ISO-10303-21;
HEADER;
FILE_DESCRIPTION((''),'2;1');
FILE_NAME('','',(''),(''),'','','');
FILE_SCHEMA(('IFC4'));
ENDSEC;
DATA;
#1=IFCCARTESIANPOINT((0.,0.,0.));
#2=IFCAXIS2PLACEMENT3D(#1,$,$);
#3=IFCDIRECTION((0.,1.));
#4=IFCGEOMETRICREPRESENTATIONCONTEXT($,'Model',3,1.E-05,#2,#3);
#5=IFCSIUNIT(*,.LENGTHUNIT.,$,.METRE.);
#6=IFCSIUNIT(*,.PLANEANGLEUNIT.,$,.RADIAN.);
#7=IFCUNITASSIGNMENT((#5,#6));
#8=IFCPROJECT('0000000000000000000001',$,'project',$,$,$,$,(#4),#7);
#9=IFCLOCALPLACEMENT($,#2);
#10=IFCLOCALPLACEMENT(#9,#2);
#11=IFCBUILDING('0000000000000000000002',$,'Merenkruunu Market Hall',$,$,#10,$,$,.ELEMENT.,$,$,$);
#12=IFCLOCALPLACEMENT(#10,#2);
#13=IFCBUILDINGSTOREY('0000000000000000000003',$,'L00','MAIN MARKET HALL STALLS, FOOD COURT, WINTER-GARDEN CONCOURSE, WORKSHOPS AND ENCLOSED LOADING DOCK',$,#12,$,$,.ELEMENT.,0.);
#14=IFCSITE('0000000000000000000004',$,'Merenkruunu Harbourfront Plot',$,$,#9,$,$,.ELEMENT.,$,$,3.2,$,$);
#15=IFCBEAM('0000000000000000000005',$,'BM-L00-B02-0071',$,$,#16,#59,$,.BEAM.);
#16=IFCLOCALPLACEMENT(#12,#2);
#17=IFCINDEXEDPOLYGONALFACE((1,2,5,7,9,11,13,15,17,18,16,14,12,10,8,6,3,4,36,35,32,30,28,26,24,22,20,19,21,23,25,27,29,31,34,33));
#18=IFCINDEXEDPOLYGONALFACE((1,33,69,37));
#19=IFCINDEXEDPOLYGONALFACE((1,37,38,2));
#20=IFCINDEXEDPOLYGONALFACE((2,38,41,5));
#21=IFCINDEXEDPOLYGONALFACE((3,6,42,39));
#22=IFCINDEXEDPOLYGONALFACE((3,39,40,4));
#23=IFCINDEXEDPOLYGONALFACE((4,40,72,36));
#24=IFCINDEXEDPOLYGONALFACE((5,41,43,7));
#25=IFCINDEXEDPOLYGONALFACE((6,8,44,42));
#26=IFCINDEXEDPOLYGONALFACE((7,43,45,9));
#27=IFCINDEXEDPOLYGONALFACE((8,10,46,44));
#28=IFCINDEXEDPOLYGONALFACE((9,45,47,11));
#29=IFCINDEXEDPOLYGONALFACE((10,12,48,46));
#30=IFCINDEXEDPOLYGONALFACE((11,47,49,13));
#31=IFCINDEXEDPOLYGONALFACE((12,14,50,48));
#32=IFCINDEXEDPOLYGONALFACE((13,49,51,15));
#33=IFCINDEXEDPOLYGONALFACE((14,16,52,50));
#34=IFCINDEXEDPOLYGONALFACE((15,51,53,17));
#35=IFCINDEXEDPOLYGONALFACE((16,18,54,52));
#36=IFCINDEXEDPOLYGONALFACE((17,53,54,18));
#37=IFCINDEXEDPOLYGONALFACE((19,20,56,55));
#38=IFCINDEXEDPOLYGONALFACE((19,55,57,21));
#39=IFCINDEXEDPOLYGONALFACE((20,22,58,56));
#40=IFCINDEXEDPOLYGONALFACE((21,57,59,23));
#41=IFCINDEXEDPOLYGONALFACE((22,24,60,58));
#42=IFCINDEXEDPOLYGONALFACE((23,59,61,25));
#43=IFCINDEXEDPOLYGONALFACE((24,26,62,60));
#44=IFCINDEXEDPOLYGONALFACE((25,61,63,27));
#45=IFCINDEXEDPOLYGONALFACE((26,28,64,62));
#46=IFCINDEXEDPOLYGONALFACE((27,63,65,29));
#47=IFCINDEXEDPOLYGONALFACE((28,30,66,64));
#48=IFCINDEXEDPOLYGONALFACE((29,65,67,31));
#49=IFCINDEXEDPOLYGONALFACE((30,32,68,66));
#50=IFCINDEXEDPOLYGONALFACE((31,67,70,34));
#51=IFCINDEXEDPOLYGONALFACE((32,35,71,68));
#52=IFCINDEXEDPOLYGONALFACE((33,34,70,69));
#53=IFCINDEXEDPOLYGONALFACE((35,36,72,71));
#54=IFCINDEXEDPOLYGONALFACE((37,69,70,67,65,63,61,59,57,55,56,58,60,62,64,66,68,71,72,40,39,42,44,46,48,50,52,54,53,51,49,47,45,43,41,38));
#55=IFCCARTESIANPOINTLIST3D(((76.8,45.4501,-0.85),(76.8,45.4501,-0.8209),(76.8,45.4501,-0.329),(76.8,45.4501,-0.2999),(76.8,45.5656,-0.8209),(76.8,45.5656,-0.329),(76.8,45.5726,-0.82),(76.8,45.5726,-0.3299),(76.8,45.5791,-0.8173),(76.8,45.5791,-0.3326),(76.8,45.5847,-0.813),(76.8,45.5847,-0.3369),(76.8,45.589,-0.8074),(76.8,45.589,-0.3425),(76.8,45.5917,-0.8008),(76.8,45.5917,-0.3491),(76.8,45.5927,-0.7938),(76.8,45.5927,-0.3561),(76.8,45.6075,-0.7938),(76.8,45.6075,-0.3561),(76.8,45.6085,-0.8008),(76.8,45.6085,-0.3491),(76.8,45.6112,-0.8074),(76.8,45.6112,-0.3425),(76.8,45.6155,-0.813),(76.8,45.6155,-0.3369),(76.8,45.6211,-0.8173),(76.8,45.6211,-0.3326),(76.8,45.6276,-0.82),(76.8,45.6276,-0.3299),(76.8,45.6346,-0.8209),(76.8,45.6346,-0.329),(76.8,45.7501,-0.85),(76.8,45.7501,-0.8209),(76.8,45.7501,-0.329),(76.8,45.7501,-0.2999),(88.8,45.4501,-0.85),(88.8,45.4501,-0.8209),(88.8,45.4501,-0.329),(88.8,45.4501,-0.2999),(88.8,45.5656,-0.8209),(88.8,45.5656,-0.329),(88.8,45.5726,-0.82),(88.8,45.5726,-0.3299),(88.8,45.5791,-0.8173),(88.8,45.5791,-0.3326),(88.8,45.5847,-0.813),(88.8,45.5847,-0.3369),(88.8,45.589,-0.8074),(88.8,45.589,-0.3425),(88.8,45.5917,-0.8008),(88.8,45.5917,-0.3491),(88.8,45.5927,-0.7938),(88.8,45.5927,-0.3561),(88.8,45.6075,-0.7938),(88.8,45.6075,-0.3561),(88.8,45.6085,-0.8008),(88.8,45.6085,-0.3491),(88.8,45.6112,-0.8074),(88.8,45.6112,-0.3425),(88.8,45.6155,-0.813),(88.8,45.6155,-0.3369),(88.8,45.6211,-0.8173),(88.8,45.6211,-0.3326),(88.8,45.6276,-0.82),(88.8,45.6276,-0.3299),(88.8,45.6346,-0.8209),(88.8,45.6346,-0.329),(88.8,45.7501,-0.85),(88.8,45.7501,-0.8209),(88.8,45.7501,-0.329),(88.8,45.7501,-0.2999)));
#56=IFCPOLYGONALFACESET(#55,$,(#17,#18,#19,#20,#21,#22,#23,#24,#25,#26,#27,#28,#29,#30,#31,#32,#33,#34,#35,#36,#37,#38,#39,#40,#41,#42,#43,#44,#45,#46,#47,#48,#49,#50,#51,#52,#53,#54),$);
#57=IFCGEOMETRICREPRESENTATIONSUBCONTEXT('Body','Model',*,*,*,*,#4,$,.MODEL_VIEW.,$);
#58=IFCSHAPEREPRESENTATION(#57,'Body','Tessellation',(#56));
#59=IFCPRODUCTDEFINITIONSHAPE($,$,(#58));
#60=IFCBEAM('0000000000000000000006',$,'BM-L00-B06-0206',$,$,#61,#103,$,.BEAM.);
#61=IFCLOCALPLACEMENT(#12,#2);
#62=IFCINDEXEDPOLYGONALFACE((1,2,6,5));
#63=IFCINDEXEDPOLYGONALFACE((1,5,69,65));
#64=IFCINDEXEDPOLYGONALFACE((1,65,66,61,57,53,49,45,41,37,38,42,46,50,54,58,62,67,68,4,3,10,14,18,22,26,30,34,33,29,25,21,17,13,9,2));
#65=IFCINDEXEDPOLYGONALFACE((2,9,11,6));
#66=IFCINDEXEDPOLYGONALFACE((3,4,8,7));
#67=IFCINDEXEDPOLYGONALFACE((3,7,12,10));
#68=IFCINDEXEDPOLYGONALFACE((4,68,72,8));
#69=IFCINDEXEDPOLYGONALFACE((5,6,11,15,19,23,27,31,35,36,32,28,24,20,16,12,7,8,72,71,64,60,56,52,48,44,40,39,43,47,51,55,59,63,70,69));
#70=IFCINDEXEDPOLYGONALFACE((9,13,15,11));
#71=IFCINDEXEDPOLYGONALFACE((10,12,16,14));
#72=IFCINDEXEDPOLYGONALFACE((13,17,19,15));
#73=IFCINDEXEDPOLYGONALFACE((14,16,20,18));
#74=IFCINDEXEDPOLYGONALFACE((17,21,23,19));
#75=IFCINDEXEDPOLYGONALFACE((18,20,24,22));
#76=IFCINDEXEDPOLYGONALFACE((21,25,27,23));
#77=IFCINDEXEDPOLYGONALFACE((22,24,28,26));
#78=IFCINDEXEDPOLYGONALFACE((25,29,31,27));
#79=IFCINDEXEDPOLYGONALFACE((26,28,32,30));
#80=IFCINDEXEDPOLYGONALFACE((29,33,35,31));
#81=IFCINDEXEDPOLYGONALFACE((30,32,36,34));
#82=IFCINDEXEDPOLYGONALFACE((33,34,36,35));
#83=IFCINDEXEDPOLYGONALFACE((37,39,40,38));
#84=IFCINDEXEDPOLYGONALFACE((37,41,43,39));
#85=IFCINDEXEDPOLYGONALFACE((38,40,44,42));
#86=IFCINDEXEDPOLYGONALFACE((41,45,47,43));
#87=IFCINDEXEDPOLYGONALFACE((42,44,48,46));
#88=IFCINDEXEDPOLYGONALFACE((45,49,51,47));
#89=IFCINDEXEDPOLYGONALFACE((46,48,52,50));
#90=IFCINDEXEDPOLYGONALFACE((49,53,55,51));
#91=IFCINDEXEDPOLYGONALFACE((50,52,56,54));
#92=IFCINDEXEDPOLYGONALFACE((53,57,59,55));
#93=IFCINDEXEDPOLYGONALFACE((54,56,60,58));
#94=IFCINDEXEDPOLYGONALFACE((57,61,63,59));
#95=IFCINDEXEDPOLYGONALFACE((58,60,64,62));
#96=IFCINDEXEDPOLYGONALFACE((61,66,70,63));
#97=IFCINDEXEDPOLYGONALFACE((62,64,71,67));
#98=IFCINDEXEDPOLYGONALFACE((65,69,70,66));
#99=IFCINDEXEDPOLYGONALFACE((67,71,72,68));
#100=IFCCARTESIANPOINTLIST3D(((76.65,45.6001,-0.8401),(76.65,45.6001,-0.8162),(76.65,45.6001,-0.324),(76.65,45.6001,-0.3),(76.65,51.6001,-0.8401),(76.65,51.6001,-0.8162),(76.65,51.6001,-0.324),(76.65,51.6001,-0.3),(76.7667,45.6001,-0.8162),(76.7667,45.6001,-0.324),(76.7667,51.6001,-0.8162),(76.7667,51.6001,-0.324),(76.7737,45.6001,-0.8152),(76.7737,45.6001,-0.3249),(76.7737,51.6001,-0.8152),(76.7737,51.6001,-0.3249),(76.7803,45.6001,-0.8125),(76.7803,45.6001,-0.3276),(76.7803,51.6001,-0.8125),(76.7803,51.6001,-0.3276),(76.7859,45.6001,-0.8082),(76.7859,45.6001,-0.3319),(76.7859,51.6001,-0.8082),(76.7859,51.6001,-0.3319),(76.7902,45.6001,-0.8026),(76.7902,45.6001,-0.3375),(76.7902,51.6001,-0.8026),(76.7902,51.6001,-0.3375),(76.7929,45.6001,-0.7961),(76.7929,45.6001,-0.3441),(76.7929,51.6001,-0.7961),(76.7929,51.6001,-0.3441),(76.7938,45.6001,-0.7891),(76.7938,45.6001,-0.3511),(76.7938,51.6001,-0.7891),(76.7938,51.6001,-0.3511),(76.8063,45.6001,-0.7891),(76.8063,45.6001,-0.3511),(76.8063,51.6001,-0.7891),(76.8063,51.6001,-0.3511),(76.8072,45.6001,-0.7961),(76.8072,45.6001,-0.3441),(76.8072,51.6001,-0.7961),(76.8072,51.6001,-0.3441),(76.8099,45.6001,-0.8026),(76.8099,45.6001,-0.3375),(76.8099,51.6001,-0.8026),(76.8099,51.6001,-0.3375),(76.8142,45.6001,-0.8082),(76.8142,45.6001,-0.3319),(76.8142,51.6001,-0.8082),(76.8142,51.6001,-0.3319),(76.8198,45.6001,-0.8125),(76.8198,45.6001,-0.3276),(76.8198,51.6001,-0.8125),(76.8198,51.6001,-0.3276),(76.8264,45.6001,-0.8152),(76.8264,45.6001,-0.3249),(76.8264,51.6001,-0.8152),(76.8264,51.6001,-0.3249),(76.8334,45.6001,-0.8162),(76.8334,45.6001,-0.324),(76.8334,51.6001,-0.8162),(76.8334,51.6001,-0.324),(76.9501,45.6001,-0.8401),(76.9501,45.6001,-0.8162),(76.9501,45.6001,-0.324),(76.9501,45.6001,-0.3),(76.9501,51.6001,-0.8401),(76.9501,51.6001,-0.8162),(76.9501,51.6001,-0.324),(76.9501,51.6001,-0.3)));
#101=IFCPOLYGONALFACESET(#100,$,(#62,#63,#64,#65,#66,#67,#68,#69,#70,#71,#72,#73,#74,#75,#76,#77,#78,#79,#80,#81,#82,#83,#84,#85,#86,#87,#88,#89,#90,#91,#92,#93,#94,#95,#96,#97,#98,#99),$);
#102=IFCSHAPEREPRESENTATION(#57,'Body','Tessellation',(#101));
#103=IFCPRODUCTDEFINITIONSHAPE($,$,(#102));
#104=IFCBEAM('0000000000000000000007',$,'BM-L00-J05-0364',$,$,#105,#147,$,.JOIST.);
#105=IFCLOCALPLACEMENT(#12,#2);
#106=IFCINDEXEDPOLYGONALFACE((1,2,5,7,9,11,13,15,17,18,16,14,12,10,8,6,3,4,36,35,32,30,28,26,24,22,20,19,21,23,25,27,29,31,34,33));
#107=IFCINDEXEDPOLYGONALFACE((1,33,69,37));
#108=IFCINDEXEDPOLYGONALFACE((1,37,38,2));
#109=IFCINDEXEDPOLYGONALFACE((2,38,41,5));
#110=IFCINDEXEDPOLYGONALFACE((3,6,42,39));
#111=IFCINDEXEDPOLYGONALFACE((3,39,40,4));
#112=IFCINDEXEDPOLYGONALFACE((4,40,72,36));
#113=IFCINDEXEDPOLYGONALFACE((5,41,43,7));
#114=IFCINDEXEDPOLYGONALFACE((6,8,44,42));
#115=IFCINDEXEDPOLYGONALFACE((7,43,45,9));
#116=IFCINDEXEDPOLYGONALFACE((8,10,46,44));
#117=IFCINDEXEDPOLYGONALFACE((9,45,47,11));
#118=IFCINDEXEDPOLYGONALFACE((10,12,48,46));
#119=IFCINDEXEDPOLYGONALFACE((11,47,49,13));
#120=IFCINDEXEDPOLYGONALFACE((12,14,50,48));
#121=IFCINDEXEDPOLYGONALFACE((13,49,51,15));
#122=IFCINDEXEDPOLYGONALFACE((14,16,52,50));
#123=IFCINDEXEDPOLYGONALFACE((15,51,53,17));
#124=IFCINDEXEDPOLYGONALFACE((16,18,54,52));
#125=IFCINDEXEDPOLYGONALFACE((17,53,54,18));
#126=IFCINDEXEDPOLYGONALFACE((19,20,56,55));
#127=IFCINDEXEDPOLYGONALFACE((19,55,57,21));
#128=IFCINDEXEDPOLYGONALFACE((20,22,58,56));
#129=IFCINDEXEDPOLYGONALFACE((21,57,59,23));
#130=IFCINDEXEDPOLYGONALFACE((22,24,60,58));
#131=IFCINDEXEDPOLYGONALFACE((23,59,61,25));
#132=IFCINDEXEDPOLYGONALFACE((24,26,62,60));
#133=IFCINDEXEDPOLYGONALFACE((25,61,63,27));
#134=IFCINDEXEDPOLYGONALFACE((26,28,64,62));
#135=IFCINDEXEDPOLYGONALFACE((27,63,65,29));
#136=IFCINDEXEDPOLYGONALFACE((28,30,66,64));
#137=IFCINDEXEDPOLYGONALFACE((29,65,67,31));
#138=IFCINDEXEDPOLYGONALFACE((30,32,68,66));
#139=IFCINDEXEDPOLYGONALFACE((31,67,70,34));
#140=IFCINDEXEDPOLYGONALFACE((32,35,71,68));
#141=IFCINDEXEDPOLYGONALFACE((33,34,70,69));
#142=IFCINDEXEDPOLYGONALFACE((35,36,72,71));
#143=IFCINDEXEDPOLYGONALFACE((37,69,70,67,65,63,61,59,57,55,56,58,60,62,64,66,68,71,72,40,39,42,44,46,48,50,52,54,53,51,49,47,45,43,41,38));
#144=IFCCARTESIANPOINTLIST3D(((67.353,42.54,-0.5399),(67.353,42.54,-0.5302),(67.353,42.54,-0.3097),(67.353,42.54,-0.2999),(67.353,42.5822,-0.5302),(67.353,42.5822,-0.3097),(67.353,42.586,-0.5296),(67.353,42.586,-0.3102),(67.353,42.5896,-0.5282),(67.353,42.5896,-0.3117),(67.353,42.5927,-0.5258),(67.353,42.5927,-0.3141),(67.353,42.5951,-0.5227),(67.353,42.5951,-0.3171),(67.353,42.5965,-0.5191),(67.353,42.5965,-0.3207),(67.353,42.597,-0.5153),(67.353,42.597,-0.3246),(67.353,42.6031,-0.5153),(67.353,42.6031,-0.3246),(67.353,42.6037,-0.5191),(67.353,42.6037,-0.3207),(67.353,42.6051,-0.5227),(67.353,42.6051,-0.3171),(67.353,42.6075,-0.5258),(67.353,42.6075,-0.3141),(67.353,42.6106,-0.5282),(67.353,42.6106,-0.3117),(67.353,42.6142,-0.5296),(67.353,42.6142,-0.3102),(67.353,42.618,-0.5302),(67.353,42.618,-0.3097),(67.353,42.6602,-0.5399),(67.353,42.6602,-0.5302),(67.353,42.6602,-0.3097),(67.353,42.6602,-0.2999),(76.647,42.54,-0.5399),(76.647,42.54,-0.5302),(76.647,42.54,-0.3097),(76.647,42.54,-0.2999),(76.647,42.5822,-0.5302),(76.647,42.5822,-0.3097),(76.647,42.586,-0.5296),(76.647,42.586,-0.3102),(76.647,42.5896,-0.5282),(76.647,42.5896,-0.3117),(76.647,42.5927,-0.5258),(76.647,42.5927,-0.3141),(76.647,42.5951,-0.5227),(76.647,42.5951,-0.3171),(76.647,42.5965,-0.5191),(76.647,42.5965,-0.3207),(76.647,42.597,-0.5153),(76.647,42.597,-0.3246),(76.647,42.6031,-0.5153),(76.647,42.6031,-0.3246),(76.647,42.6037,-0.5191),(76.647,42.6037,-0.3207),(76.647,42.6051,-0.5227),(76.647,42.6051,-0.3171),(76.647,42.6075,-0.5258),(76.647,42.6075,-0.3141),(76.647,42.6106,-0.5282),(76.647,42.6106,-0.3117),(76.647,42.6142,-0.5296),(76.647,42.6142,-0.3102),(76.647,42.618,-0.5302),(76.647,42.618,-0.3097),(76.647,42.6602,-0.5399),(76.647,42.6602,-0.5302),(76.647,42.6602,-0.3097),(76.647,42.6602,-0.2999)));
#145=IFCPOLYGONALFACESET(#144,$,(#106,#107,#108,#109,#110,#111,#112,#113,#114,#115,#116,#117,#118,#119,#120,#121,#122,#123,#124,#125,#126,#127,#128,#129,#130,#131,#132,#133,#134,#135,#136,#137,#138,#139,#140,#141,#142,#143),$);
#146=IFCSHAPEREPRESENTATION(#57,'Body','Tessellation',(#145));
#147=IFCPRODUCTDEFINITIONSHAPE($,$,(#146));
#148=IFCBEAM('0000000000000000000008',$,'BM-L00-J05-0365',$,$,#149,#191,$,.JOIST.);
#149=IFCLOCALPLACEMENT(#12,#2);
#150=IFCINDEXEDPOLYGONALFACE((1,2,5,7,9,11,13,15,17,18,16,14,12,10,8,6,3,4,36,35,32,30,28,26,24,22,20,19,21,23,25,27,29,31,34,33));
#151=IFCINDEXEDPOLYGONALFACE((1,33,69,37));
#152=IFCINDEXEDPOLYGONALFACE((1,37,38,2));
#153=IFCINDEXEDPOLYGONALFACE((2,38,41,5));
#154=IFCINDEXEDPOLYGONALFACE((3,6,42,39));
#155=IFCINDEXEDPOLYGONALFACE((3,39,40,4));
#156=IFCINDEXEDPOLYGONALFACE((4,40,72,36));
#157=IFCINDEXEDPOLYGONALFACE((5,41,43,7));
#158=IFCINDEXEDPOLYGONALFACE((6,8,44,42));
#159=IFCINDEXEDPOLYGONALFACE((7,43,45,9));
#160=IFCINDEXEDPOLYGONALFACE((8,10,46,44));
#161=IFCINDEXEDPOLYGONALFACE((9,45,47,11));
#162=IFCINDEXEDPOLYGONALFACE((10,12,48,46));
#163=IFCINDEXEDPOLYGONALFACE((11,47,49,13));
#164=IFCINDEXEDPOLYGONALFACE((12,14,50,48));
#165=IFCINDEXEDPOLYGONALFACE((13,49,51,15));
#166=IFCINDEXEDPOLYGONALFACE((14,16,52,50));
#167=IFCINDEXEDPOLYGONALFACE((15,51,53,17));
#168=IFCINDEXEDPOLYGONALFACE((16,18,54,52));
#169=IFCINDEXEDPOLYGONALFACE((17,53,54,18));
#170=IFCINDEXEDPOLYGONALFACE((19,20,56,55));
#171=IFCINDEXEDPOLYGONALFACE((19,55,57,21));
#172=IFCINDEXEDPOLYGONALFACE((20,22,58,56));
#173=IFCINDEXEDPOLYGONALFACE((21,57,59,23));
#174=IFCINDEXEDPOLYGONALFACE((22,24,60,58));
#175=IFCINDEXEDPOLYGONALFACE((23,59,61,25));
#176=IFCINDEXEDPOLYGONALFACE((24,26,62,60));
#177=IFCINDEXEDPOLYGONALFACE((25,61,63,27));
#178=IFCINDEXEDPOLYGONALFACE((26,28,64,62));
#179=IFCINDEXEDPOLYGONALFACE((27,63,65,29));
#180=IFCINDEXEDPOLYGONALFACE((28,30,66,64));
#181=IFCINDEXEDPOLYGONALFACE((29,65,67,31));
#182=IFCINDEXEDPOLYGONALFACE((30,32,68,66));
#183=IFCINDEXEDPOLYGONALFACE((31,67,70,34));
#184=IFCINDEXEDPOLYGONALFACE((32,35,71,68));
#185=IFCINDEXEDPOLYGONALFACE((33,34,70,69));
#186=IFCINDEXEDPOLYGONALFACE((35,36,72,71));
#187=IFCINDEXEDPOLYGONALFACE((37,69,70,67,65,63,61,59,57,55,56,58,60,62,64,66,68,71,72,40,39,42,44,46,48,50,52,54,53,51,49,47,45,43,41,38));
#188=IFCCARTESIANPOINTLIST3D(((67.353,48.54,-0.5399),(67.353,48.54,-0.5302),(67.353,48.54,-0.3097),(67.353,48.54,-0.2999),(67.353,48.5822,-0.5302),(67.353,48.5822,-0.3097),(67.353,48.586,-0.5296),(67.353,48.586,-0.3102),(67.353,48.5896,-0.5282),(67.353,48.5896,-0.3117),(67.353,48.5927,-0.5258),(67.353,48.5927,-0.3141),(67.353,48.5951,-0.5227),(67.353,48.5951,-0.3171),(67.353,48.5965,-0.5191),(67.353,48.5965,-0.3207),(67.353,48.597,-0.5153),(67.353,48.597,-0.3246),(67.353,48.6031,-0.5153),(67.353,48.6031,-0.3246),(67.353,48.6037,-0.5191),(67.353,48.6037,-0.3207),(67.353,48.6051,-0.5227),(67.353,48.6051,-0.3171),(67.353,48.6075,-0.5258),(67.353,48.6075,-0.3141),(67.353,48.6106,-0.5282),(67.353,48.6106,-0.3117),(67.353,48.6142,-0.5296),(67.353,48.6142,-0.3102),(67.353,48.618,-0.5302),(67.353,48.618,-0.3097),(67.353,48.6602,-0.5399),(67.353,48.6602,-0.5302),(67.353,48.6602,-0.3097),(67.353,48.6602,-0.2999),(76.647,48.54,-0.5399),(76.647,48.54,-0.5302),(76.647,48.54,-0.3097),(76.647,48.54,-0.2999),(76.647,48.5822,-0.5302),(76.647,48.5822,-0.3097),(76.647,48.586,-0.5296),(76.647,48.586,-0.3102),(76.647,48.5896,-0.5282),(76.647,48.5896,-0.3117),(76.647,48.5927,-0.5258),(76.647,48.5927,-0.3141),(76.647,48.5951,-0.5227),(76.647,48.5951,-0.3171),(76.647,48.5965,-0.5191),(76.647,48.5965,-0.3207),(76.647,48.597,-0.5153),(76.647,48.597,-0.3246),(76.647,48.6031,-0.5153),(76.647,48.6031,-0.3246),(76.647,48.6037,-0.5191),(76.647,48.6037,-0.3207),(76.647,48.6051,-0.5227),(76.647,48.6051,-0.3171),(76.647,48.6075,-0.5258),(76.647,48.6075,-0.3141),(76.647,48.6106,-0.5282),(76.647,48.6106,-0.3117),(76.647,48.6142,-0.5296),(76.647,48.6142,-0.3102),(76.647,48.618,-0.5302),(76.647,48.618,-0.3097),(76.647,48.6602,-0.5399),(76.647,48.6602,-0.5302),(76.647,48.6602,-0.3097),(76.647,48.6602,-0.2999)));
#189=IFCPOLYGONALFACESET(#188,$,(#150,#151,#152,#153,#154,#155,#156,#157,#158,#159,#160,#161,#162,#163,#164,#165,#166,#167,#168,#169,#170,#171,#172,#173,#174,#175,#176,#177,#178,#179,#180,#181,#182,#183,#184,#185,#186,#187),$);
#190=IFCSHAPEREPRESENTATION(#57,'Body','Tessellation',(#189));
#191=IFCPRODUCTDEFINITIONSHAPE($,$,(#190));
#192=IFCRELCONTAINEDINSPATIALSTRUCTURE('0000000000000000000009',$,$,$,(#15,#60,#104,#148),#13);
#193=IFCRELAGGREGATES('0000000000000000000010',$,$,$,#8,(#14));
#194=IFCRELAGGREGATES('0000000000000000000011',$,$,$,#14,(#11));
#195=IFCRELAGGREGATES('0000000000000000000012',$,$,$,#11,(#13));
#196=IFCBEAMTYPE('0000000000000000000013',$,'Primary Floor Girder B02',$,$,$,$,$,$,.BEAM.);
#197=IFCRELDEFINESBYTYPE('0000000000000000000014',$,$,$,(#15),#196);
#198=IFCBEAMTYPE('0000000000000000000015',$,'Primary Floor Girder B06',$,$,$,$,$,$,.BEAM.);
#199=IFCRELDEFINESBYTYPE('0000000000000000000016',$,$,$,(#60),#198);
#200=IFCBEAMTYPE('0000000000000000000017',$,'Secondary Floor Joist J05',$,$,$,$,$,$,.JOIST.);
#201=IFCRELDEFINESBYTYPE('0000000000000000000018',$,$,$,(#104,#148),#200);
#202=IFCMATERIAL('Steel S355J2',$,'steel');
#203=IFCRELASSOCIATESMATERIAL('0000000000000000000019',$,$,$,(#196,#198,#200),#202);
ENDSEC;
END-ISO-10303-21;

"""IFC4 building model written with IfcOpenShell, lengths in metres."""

from ifc_helpers import new_model, si_unit, direction, frame, origin, origin_2d, place, context, subcontext, project, spatial, i_section, extrude, material, material_profile, profile_set, type_object, element, save


model = new_model("IFC4")

# Units and contexts
model_context = context("Model", 3, precision=1e-05, world=origin(), true_north=direction((0.0, 1.0)))
body_context = subcontext(model_context, "Body", "Model", "MODEL_VIEW")
ifc_project = project(units=[si_unit("LENGTHUNIT", "METRE"), si_unit("PLANEANGLEUNIT", "RADIAN")], contexts=[model_context])

# Site, building, storey
site_placement = place(None, origin())
site = spatial("IfcSite", under=ifc_project, at=site_placement, Name="Merenkruunu Harbourfront Plot", CompositionType="ELEMENT", RefElevation=3.2)
building_placement = place(site_placement, origin())
building = spatial("IfcBuilding", under=site, at=building_placement, Name="Merenkruunu Market Hall", CompositionType="ELEMENT")
storey_placement = place(building_placement, origin())
storey = spatial("IfcBuildingStorey", under=building, at=storey_placement, Name="L00", Description="MAIN MARKET HALL STALLS, FOOD COURT, WINTER-GARDEN CONCOURSE, WORKSHOPS AND ENCLOSED LOADING DOCK", CompositionType="ELEMENT", Elevation=0.0)

# Beams
ifc_material_1 = material(Name="Steel S355J2", Category="steel")
ifc_material_profile_1 = material_profile(ifc_material_1, i_section(OverallWidth=0.3, OverallDepth=0.55, WebThickness=0.0149, FlangeThickness=0.0291, FilletRadius=0.0271, at=origin_2d()), Name="HEB 550")
ifc_profile_set_1 = profile_set([ifc_material_profile_1], Name="Steel S355J2")
beam_type_1 = type_object("IfcBeamType", Name="Primary Floor Girder B02", PredefinedType="BEAM", material=ifc_profile_set_1)
beam_1_placement = place(storey_placement, frame((76.8, 45.6001, -0.575), z_axis=(1.0, 0.0, 0.0), x_axis=(0.0, 1.0, 0.0)))
element("IfcBeam", 1, at=beam_1_placement, inside=storey, type_object=beam_type_1, Name="BM-L00-B02-0071", PredefinedType="BEAM", context=body_context, shape_type="SweptSolid", body=[
    extrude(i_section(OverallWidth=0.3, OverallDepth=0.55, WebThickness=0.0149, FlangeThickness=0.0291, FilletRadius=0.0271, at=origin_2d()), origin(), (0.0, 0.0, 1.0), 12.0),
])
ifc_material_profile_2 = material_profile(ifc_material_1, i_section(OverallWidth=0.3, OverallDepth=0.54, WebThickness=0.0125, FlangeThickness=0.0239, FilletRadius=0.0271, at=origin_2d()), Name="HEA 550")
ifc_profile_set_2 = profile_set([ifc_material_profile_2], Name="Steel S355J2")
beam_type_2 = type_object("IfcBeamType", Name="Primary Floor Girder B06", PredefinedType="BEAM", material=ifc_profile_set_2)
beam_2_placement = place(storey_placement, frame((76.8, 45.6001, -0.5701), z_axis=(0.0, 1.0, 0.0), x_axis=(-1.0, 0.0, 0.0)))
element("IfcBeam", 2, at=beam_2_placement, inside=storey, type_object=beam_type_2, Name="BM-L00-B06-0206", PredefinedType="BEAM", context=body_context, shape_type="SweptSolid", body=[
    extrude(i_section(OverallWidth=0.3, OverallDepth=0.54, WebThickness=0.0125, FlangeThickness=0.0239, FilletRadius=0.0271, at=origin_2d()), origin(), (0.0, 0.0, 1.0), 6.0),
])
ifc_material_profile_3 = material_profile(ifc_material_1, i_section(OverallWidth=0.1201, OverallDepth=0.24, WebThickness=0.0061, FlangeThickness=0.0098, FilletRadius=0.0149, at=origin_2d()), Name="IPE 240")
ifc_profile_set_3 = profile_set([ifc_material_profile_3], Name="Steel S355J2")
beam_type_3 = type_object("IfcBeamType", Name="Secondary Floor Joist J05", PredefinedType="JOIST", material=ifc_profile_set_3)
for number, where, z_axis, x_axis, name in (
    (3, (67.353, 42.6001, -0.4199), (1.0, 0.0, 0.0), (0.0, 1.0, 0.0), "BM-L00-J05-0364"),
    (4, (67.353, 48.6001, -0.4199), (1.0, 0.0, 0.0), (0.0, 1.0, 0.0), "BM-L00-J05-0365"),
):
    element("IfcBeam", number, at=place(storey_placement, frame(where, z_axis=z_axis, x_axis=x_axis)), inside=storey, type_object=beam_type_3, Name=name, PredefinedType="JOIST", context=body_context, shape_type="SweptSolid", body=[
        extrude(i_section(OverallWidth=0.1201, OverallDepth=0.24, WebThickness=0.0061, FlangeThickness=0.0098, FilletRadius=0.0149, at=origin_2d()), origin(), (0.0, 0.0, 1.0), 9.2939),
    ])

save(model, "model.ifc")
